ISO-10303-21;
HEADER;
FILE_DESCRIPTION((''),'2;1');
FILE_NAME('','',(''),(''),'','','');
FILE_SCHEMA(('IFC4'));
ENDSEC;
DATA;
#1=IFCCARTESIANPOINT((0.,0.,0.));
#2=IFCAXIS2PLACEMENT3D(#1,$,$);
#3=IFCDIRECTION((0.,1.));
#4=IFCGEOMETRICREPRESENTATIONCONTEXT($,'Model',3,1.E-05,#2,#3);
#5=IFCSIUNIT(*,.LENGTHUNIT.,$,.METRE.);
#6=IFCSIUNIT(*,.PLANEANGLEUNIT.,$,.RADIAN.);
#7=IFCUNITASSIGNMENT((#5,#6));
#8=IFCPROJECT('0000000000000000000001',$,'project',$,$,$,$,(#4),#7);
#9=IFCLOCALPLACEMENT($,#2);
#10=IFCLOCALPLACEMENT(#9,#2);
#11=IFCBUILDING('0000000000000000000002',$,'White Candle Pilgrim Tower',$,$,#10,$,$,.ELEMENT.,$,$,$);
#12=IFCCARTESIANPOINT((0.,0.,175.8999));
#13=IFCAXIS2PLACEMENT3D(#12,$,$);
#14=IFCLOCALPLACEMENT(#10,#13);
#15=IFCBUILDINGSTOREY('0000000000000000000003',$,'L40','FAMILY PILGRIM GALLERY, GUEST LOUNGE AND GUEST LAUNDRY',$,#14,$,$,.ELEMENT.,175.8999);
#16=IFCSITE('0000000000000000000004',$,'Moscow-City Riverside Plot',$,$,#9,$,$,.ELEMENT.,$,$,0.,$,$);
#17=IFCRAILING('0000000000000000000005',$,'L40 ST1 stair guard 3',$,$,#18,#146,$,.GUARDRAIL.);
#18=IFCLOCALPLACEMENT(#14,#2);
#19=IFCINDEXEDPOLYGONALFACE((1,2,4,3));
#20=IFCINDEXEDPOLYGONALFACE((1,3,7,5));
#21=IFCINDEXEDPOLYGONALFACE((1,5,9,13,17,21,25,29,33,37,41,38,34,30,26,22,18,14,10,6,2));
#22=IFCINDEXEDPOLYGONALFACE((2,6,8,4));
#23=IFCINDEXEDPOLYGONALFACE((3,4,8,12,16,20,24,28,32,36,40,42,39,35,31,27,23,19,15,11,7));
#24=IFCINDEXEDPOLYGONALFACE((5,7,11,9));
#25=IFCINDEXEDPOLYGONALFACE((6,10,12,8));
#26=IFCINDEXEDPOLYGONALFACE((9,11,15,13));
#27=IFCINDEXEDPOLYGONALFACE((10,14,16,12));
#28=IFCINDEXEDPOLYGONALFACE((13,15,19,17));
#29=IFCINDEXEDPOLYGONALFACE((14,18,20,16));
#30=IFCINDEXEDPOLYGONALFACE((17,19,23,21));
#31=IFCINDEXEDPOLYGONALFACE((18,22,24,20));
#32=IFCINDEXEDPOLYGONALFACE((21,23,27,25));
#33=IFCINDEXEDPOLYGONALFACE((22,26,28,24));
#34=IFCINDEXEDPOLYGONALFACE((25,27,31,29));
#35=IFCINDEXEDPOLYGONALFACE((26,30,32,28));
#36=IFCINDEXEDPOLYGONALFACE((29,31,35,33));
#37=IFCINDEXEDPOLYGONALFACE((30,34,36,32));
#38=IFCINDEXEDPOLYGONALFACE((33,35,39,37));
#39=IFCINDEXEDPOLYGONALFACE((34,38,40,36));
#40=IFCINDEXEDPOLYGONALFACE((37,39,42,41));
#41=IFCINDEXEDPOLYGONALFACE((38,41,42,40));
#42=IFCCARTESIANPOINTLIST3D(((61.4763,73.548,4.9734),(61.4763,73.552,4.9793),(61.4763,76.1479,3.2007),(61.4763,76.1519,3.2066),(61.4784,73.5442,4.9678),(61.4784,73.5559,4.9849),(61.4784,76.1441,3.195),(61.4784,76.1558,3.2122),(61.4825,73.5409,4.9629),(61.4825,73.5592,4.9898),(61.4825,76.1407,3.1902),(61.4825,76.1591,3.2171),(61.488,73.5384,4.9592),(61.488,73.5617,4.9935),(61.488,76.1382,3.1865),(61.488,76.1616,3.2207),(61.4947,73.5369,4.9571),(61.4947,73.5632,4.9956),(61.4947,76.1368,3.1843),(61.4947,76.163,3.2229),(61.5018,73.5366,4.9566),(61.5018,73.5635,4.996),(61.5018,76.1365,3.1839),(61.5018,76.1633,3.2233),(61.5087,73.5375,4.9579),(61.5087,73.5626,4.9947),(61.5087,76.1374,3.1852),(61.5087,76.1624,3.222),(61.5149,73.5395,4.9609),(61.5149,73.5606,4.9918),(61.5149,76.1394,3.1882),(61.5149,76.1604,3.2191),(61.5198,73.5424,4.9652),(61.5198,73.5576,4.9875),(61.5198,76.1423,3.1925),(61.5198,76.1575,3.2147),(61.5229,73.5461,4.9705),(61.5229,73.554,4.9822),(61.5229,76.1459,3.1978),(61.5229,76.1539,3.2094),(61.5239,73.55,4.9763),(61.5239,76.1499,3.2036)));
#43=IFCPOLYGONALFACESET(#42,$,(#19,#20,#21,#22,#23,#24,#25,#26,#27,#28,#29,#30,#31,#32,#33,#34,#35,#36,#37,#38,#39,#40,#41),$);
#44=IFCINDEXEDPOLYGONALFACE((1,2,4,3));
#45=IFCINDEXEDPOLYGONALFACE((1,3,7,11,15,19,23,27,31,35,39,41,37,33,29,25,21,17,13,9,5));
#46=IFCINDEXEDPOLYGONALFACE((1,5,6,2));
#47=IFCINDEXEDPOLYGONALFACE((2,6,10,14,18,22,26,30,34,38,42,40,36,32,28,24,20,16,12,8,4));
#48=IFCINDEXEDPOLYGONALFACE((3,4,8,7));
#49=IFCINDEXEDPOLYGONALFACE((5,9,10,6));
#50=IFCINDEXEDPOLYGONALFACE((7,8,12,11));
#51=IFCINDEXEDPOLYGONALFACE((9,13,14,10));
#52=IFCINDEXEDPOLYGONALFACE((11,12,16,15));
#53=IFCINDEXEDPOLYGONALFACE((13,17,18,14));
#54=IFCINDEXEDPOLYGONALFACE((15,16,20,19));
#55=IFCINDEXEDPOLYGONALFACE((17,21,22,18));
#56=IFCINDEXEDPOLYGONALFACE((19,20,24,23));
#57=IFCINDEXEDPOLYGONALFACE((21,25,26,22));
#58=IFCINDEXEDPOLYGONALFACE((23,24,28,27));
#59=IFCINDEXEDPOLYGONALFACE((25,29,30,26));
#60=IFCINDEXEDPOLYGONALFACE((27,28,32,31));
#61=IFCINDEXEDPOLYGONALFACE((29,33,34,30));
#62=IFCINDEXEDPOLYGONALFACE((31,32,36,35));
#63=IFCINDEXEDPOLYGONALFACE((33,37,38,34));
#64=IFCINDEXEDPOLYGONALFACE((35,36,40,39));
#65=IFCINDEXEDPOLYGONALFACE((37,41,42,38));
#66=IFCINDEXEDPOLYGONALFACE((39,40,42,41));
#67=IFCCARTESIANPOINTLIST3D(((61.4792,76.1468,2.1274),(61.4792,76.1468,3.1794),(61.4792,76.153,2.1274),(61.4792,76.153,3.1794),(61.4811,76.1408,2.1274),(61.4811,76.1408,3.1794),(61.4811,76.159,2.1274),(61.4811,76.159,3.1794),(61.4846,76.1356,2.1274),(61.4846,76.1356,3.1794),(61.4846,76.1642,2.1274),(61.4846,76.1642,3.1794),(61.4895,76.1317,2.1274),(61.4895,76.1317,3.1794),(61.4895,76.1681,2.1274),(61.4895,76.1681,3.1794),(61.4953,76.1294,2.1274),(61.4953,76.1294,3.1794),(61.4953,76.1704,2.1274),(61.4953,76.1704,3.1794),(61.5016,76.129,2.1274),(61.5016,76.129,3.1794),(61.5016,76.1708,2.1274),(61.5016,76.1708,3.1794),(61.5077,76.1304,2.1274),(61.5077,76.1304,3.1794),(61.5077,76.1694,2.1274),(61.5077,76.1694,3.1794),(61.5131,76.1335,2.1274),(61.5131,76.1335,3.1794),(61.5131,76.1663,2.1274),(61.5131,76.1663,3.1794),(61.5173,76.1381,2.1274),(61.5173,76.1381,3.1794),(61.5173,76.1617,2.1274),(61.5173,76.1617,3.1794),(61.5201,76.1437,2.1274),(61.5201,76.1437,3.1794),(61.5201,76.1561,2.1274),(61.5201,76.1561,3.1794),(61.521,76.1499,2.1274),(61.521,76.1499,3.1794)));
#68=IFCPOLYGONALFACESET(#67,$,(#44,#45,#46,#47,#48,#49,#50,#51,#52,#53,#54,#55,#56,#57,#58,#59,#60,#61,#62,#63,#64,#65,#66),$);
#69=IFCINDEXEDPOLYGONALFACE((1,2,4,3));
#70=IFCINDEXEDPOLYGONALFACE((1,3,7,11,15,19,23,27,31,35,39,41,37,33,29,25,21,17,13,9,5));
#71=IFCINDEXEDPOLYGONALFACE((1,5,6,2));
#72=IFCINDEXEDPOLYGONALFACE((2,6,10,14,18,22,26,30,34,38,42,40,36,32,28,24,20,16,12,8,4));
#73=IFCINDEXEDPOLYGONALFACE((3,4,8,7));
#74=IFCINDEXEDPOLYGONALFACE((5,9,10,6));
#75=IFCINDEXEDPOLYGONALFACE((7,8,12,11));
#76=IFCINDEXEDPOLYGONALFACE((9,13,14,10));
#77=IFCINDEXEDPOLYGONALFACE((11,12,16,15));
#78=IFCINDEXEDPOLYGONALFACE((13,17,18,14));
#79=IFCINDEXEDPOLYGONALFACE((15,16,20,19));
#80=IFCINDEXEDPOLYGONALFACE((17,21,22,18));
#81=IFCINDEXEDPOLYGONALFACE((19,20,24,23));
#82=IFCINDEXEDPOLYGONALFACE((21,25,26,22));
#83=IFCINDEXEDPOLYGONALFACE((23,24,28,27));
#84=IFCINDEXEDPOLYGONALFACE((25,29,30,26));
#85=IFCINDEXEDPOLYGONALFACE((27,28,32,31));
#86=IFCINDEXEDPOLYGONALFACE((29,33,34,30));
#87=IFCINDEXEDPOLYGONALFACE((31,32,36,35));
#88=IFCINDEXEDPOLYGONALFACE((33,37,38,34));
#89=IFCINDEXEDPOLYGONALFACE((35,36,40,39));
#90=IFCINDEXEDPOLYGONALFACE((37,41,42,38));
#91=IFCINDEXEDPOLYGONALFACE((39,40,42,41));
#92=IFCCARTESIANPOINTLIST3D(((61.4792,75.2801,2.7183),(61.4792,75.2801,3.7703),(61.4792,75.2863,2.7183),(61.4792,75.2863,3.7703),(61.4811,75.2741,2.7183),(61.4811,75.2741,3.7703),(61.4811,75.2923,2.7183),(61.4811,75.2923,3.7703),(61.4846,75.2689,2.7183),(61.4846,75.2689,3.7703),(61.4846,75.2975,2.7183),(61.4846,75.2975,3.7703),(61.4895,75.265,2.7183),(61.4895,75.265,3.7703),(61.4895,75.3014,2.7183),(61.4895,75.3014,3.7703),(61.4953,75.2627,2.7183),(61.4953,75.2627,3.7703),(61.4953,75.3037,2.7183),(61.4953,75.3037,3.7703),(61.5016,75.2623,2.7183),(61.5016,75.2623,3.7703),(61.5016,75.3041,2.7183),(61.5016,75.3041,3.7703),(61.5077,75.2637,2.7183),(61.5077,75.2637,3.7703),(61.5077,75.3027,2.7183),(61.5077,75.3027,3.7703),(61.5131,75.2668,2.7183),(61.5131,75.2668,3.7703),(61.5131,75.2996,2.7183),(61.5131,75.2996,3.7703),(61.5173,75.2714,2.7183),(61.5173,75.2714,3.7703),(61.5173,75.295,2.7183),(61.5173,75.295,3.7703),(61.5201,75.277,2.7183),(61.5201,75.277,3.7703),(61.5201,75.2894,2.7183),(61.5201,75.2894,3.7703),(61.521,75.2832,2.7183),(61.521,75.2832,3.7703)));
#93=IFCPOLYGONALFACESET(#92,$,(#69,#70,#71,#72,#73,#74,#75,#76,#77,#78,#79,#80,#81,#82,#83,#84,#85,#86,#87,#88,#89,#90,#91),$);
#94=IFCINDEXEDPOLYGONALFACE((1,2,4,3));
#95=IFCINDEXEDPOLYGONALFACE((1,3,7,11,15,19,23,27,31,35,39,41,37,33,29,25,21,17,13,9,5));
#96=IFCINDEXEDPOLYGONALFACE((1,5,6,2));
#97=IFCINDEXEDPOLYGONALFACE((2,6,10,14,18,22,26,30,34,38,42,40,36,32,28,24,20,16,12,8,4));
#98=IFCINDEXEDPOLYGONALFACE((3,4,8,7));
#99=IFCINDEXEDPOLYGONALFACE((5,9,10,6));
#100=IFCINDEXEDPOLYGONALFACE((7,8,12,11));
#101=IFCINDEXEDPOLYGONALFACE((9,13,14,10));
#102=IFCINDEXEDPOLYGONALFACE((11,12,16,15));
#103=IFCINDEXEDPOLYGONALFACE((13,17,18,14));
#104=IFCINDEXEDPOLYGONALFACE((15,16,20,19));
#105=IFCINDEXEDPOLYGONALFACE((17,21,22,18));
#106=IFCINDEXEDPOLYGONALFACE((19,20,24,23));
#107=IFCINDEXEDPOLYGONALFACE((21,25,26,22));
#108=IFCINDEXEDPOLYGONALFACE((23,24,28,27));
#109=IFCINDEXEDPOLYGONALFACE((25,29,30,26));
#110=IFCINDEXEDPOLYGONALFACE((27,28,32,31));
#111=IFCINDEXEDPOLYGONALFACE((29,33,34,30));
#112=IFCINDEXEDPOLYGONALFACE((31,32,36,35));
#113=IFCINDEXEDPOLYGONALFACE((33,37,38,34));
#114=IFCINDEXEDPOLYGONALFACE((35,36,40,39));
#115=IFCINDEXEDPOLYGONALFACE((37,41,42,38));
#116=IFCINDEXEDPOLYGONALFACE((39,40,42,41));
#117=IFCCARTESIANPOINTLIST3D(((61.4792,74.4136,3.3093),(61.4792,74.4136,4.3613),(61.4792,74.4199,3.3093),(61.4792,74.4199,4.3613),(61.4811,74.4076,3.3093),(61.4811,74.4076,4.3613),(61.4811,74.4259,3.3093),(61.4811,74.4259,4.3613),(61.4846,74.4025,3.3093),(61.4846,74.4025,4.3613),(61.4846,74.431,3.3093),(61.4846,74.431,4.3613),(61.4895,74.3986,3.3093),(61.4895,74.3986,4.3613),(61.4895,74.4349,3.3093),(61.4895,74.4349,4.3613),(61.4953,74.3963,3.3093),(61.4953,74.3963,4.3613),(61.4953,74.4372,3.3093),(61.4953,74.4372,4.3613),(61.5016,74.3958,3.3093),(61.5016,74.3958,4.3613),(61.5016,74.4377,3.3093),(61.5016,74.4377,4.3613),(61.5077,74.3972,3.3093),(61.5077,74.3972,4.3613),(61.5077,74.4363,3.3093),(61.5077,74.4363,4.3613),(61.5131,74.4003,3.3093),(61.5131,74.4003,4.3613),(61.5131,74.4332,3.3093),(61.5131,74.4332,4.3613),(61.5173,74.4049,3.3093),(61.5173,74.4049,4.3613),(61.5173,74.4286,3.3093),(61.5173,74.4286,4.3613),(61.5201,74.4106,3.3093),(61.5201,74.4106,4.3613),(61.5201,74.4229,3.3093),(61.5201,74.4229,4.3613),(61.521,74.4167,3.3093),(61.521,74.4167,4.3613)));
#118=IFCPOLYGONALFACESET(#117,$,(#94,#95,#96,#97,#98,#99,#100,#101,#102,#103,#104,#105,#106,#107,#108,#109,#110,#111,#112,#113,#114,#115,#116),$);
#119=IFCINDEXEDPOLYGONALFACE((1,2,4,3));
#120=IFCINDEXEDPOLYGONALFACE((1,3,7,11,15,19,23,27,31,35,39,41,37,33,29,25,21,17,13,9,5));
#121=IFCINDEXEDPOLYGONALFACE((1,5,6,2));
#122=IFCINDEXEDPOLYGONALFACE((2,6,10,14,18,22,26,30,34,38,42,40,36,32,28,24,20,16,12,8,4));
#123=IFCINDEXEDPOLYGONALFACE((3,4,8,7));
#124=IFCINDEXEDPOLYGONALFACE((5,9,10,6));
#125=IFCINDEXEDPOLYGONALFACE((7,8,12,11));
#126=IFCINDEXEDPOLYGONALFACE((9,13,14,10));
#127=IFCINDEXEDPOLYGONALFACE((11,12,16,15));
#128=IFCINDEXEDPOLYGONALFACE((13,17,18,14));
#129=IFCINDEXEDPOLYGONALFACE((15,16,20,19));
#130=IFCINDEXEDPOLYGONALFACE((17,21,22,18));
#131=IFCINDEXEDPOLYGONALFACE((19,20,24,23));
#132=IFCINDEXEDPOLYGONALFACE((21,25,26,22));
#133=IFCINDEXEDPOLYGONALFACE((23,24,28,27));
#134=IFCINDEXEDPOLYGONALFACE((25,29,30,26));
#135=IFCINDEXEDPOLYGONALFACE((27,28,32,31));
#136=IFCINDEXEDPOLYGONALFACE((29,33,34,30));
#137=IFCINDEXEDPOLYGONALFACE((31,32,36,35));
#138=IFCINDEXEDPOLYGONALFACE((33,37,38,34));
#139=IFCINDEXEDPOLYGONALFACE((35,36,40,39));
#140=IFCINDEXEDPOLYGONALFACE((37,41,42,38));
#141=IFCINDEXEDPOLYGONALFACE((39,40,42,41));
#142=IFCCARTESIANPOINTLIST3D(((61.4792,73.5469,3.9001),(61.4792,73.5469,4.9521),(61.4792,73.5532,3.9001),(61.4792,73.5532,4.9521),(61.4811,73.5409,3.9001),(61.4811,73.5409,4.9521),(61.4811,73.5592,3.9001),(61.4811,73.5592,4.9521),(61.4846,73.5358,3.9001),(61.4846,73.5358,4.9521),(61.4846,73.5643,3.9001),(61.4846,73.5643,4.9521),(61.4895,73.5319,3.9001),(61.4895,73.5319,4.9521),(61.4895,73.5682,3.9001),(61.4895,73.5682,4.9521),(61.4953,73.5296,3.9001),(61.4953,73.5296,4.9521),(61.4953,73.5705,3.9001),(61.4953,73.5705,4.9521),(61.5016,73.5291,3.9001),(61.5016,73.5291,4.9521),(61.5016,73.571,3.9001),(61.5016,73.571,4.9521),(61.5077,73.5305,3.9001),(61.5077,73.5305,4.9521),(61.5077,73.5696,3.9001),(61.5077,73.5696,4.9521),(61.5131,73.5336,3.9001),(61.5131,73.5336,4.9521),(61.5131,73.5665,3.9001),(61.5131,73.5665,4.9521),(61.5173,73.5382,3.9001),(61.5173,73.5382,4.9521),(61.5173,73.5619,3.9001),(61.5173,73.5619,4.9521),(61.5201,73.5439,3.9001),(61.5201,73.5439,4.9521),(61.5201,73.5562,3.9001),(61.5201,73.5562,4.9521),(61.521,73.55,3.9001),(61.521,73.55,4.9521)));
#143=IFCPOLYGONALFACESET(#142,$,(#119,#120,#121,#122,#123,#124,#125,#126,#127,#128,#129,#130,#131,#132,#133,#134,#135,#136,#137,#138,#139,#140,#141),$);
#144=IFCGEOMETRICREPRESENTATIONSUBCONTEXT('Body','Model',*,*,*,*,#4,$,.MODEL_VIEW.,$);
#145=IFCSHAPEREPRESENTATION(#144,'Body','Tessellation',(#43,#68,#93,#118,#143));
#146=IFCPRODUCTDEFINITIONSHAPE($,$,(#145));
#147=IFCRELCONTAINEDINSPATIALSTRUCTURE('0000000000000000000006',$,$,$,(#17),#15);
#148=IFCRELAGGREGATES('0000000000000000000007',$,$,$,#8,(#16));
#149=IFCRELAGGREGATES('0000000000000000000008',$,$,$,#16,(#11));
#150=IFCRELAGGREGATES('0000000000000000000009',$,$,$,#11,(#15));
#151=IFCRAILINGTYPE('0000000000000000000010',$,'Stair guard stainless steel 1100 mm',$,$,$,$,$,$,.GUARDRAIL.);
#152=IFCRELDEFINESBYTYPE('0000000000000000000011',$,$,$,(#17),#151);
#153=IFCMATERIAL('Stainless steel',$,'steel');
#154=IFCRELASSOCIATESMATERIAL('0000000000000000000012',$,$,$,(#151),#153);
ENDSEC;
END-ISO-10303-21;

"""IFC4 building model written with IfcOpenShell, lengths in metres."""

from ifc_helpers import new_model, si_unit, direction, frame, origin, origin_2d, place, context, subcontext, project, spatial, circle, extrude, material, type_object, element, save


model = new_model("IFC4")

# Units and contexts
model_context = context("Model", 3, precision=1e-05, world=origin(), true_north=direction((0.0, 1.0)))
body_context = subcontext(model_context, "Body", "Model", "MODEL_VIEW")
ifc_project = project(units=[si_unit("LENGTHUNIT", "METRE"), si_unit("PLANEANGLEUNIT", "RADIAN")], contexts=[model_context])

# Site, building, storey
site_placement = place(None, origin())
site = spatial("IfcSite", under=ifc_project, at=site_placement, Name="Moscow-City Riverside Plot", CompositionType="ELEMENT", RefElevation=0.0)
building_placement = place(site_placement, origin())
building = spatial("IfcBuilding", under=site, at=building_placement, Name="White Candle Pilgrim Tower", CompositionType="ELEMENT")
storey_placement = place(building_placement, frame((0.0, 0.0, 175.8999)))
storey = spatial("IfcBuildingStorey", under=building, at=storey_placement, Name="L40", Description="FAMILY PILGRIM GALLERY, GUEST LOUNGE AND GUEST LAUNDRY", CompositionType="ELEMENT", Elevation=175.8999)

# Shared definitions
ifc_material_1 = material(Name="Stainless steel", Category="steel")

# Railing
railing_type_1 = type_object("IfcRailingType", Name="Stair guard stainless steel 1100 mm", PredefinedType="GUARDRAIL", material=ifc_material_1)
railing_1_placement = place(storey_placement, frame((61.5, 76.1499, 2.1274)))
element("IfcRailing", 1, at=railing_1_placement, inside=storey, type_object=railing_type_1, Name="L40 ST1 stair guard 3", PredefinedType="GUARDRAIL", context=body_context, shape_type="SweptSolid", body=[
    extrude(circle(Radius=0.0239, at=origin_2d()), frame((0.0, 0.0, 1.0762), z_axis=(0.0, -0.826216, 0.563354), x_axis=(1.0, 0.0, 0.0)), (0.0, 0.0, 1.0), 3.1467),
    extrude(circle(Radius=0.021, at=origin_2d()), origin(), (0.0, 0.0, 1.0), 1.052),
    extrude(circle(Radius=0.021, at=origin_2d()), frame((0.0, -0.8667, 0.5908)), (0.0, 0.0, 1.0), 1.052),
    extrude(circle(Radius=0.021, at=origin_2d()), frame((0.0, -1.7332, 1.1819)), (0.0, 0.0, 1.0), 1.052),
    extrude(circle(Radius=0.021, at=origin_2d()), frame((0.0, -2.5999, 1.7727)), (0.0, 0.0, 1.0), 1.052),
])

save(model, "model.ifc")
